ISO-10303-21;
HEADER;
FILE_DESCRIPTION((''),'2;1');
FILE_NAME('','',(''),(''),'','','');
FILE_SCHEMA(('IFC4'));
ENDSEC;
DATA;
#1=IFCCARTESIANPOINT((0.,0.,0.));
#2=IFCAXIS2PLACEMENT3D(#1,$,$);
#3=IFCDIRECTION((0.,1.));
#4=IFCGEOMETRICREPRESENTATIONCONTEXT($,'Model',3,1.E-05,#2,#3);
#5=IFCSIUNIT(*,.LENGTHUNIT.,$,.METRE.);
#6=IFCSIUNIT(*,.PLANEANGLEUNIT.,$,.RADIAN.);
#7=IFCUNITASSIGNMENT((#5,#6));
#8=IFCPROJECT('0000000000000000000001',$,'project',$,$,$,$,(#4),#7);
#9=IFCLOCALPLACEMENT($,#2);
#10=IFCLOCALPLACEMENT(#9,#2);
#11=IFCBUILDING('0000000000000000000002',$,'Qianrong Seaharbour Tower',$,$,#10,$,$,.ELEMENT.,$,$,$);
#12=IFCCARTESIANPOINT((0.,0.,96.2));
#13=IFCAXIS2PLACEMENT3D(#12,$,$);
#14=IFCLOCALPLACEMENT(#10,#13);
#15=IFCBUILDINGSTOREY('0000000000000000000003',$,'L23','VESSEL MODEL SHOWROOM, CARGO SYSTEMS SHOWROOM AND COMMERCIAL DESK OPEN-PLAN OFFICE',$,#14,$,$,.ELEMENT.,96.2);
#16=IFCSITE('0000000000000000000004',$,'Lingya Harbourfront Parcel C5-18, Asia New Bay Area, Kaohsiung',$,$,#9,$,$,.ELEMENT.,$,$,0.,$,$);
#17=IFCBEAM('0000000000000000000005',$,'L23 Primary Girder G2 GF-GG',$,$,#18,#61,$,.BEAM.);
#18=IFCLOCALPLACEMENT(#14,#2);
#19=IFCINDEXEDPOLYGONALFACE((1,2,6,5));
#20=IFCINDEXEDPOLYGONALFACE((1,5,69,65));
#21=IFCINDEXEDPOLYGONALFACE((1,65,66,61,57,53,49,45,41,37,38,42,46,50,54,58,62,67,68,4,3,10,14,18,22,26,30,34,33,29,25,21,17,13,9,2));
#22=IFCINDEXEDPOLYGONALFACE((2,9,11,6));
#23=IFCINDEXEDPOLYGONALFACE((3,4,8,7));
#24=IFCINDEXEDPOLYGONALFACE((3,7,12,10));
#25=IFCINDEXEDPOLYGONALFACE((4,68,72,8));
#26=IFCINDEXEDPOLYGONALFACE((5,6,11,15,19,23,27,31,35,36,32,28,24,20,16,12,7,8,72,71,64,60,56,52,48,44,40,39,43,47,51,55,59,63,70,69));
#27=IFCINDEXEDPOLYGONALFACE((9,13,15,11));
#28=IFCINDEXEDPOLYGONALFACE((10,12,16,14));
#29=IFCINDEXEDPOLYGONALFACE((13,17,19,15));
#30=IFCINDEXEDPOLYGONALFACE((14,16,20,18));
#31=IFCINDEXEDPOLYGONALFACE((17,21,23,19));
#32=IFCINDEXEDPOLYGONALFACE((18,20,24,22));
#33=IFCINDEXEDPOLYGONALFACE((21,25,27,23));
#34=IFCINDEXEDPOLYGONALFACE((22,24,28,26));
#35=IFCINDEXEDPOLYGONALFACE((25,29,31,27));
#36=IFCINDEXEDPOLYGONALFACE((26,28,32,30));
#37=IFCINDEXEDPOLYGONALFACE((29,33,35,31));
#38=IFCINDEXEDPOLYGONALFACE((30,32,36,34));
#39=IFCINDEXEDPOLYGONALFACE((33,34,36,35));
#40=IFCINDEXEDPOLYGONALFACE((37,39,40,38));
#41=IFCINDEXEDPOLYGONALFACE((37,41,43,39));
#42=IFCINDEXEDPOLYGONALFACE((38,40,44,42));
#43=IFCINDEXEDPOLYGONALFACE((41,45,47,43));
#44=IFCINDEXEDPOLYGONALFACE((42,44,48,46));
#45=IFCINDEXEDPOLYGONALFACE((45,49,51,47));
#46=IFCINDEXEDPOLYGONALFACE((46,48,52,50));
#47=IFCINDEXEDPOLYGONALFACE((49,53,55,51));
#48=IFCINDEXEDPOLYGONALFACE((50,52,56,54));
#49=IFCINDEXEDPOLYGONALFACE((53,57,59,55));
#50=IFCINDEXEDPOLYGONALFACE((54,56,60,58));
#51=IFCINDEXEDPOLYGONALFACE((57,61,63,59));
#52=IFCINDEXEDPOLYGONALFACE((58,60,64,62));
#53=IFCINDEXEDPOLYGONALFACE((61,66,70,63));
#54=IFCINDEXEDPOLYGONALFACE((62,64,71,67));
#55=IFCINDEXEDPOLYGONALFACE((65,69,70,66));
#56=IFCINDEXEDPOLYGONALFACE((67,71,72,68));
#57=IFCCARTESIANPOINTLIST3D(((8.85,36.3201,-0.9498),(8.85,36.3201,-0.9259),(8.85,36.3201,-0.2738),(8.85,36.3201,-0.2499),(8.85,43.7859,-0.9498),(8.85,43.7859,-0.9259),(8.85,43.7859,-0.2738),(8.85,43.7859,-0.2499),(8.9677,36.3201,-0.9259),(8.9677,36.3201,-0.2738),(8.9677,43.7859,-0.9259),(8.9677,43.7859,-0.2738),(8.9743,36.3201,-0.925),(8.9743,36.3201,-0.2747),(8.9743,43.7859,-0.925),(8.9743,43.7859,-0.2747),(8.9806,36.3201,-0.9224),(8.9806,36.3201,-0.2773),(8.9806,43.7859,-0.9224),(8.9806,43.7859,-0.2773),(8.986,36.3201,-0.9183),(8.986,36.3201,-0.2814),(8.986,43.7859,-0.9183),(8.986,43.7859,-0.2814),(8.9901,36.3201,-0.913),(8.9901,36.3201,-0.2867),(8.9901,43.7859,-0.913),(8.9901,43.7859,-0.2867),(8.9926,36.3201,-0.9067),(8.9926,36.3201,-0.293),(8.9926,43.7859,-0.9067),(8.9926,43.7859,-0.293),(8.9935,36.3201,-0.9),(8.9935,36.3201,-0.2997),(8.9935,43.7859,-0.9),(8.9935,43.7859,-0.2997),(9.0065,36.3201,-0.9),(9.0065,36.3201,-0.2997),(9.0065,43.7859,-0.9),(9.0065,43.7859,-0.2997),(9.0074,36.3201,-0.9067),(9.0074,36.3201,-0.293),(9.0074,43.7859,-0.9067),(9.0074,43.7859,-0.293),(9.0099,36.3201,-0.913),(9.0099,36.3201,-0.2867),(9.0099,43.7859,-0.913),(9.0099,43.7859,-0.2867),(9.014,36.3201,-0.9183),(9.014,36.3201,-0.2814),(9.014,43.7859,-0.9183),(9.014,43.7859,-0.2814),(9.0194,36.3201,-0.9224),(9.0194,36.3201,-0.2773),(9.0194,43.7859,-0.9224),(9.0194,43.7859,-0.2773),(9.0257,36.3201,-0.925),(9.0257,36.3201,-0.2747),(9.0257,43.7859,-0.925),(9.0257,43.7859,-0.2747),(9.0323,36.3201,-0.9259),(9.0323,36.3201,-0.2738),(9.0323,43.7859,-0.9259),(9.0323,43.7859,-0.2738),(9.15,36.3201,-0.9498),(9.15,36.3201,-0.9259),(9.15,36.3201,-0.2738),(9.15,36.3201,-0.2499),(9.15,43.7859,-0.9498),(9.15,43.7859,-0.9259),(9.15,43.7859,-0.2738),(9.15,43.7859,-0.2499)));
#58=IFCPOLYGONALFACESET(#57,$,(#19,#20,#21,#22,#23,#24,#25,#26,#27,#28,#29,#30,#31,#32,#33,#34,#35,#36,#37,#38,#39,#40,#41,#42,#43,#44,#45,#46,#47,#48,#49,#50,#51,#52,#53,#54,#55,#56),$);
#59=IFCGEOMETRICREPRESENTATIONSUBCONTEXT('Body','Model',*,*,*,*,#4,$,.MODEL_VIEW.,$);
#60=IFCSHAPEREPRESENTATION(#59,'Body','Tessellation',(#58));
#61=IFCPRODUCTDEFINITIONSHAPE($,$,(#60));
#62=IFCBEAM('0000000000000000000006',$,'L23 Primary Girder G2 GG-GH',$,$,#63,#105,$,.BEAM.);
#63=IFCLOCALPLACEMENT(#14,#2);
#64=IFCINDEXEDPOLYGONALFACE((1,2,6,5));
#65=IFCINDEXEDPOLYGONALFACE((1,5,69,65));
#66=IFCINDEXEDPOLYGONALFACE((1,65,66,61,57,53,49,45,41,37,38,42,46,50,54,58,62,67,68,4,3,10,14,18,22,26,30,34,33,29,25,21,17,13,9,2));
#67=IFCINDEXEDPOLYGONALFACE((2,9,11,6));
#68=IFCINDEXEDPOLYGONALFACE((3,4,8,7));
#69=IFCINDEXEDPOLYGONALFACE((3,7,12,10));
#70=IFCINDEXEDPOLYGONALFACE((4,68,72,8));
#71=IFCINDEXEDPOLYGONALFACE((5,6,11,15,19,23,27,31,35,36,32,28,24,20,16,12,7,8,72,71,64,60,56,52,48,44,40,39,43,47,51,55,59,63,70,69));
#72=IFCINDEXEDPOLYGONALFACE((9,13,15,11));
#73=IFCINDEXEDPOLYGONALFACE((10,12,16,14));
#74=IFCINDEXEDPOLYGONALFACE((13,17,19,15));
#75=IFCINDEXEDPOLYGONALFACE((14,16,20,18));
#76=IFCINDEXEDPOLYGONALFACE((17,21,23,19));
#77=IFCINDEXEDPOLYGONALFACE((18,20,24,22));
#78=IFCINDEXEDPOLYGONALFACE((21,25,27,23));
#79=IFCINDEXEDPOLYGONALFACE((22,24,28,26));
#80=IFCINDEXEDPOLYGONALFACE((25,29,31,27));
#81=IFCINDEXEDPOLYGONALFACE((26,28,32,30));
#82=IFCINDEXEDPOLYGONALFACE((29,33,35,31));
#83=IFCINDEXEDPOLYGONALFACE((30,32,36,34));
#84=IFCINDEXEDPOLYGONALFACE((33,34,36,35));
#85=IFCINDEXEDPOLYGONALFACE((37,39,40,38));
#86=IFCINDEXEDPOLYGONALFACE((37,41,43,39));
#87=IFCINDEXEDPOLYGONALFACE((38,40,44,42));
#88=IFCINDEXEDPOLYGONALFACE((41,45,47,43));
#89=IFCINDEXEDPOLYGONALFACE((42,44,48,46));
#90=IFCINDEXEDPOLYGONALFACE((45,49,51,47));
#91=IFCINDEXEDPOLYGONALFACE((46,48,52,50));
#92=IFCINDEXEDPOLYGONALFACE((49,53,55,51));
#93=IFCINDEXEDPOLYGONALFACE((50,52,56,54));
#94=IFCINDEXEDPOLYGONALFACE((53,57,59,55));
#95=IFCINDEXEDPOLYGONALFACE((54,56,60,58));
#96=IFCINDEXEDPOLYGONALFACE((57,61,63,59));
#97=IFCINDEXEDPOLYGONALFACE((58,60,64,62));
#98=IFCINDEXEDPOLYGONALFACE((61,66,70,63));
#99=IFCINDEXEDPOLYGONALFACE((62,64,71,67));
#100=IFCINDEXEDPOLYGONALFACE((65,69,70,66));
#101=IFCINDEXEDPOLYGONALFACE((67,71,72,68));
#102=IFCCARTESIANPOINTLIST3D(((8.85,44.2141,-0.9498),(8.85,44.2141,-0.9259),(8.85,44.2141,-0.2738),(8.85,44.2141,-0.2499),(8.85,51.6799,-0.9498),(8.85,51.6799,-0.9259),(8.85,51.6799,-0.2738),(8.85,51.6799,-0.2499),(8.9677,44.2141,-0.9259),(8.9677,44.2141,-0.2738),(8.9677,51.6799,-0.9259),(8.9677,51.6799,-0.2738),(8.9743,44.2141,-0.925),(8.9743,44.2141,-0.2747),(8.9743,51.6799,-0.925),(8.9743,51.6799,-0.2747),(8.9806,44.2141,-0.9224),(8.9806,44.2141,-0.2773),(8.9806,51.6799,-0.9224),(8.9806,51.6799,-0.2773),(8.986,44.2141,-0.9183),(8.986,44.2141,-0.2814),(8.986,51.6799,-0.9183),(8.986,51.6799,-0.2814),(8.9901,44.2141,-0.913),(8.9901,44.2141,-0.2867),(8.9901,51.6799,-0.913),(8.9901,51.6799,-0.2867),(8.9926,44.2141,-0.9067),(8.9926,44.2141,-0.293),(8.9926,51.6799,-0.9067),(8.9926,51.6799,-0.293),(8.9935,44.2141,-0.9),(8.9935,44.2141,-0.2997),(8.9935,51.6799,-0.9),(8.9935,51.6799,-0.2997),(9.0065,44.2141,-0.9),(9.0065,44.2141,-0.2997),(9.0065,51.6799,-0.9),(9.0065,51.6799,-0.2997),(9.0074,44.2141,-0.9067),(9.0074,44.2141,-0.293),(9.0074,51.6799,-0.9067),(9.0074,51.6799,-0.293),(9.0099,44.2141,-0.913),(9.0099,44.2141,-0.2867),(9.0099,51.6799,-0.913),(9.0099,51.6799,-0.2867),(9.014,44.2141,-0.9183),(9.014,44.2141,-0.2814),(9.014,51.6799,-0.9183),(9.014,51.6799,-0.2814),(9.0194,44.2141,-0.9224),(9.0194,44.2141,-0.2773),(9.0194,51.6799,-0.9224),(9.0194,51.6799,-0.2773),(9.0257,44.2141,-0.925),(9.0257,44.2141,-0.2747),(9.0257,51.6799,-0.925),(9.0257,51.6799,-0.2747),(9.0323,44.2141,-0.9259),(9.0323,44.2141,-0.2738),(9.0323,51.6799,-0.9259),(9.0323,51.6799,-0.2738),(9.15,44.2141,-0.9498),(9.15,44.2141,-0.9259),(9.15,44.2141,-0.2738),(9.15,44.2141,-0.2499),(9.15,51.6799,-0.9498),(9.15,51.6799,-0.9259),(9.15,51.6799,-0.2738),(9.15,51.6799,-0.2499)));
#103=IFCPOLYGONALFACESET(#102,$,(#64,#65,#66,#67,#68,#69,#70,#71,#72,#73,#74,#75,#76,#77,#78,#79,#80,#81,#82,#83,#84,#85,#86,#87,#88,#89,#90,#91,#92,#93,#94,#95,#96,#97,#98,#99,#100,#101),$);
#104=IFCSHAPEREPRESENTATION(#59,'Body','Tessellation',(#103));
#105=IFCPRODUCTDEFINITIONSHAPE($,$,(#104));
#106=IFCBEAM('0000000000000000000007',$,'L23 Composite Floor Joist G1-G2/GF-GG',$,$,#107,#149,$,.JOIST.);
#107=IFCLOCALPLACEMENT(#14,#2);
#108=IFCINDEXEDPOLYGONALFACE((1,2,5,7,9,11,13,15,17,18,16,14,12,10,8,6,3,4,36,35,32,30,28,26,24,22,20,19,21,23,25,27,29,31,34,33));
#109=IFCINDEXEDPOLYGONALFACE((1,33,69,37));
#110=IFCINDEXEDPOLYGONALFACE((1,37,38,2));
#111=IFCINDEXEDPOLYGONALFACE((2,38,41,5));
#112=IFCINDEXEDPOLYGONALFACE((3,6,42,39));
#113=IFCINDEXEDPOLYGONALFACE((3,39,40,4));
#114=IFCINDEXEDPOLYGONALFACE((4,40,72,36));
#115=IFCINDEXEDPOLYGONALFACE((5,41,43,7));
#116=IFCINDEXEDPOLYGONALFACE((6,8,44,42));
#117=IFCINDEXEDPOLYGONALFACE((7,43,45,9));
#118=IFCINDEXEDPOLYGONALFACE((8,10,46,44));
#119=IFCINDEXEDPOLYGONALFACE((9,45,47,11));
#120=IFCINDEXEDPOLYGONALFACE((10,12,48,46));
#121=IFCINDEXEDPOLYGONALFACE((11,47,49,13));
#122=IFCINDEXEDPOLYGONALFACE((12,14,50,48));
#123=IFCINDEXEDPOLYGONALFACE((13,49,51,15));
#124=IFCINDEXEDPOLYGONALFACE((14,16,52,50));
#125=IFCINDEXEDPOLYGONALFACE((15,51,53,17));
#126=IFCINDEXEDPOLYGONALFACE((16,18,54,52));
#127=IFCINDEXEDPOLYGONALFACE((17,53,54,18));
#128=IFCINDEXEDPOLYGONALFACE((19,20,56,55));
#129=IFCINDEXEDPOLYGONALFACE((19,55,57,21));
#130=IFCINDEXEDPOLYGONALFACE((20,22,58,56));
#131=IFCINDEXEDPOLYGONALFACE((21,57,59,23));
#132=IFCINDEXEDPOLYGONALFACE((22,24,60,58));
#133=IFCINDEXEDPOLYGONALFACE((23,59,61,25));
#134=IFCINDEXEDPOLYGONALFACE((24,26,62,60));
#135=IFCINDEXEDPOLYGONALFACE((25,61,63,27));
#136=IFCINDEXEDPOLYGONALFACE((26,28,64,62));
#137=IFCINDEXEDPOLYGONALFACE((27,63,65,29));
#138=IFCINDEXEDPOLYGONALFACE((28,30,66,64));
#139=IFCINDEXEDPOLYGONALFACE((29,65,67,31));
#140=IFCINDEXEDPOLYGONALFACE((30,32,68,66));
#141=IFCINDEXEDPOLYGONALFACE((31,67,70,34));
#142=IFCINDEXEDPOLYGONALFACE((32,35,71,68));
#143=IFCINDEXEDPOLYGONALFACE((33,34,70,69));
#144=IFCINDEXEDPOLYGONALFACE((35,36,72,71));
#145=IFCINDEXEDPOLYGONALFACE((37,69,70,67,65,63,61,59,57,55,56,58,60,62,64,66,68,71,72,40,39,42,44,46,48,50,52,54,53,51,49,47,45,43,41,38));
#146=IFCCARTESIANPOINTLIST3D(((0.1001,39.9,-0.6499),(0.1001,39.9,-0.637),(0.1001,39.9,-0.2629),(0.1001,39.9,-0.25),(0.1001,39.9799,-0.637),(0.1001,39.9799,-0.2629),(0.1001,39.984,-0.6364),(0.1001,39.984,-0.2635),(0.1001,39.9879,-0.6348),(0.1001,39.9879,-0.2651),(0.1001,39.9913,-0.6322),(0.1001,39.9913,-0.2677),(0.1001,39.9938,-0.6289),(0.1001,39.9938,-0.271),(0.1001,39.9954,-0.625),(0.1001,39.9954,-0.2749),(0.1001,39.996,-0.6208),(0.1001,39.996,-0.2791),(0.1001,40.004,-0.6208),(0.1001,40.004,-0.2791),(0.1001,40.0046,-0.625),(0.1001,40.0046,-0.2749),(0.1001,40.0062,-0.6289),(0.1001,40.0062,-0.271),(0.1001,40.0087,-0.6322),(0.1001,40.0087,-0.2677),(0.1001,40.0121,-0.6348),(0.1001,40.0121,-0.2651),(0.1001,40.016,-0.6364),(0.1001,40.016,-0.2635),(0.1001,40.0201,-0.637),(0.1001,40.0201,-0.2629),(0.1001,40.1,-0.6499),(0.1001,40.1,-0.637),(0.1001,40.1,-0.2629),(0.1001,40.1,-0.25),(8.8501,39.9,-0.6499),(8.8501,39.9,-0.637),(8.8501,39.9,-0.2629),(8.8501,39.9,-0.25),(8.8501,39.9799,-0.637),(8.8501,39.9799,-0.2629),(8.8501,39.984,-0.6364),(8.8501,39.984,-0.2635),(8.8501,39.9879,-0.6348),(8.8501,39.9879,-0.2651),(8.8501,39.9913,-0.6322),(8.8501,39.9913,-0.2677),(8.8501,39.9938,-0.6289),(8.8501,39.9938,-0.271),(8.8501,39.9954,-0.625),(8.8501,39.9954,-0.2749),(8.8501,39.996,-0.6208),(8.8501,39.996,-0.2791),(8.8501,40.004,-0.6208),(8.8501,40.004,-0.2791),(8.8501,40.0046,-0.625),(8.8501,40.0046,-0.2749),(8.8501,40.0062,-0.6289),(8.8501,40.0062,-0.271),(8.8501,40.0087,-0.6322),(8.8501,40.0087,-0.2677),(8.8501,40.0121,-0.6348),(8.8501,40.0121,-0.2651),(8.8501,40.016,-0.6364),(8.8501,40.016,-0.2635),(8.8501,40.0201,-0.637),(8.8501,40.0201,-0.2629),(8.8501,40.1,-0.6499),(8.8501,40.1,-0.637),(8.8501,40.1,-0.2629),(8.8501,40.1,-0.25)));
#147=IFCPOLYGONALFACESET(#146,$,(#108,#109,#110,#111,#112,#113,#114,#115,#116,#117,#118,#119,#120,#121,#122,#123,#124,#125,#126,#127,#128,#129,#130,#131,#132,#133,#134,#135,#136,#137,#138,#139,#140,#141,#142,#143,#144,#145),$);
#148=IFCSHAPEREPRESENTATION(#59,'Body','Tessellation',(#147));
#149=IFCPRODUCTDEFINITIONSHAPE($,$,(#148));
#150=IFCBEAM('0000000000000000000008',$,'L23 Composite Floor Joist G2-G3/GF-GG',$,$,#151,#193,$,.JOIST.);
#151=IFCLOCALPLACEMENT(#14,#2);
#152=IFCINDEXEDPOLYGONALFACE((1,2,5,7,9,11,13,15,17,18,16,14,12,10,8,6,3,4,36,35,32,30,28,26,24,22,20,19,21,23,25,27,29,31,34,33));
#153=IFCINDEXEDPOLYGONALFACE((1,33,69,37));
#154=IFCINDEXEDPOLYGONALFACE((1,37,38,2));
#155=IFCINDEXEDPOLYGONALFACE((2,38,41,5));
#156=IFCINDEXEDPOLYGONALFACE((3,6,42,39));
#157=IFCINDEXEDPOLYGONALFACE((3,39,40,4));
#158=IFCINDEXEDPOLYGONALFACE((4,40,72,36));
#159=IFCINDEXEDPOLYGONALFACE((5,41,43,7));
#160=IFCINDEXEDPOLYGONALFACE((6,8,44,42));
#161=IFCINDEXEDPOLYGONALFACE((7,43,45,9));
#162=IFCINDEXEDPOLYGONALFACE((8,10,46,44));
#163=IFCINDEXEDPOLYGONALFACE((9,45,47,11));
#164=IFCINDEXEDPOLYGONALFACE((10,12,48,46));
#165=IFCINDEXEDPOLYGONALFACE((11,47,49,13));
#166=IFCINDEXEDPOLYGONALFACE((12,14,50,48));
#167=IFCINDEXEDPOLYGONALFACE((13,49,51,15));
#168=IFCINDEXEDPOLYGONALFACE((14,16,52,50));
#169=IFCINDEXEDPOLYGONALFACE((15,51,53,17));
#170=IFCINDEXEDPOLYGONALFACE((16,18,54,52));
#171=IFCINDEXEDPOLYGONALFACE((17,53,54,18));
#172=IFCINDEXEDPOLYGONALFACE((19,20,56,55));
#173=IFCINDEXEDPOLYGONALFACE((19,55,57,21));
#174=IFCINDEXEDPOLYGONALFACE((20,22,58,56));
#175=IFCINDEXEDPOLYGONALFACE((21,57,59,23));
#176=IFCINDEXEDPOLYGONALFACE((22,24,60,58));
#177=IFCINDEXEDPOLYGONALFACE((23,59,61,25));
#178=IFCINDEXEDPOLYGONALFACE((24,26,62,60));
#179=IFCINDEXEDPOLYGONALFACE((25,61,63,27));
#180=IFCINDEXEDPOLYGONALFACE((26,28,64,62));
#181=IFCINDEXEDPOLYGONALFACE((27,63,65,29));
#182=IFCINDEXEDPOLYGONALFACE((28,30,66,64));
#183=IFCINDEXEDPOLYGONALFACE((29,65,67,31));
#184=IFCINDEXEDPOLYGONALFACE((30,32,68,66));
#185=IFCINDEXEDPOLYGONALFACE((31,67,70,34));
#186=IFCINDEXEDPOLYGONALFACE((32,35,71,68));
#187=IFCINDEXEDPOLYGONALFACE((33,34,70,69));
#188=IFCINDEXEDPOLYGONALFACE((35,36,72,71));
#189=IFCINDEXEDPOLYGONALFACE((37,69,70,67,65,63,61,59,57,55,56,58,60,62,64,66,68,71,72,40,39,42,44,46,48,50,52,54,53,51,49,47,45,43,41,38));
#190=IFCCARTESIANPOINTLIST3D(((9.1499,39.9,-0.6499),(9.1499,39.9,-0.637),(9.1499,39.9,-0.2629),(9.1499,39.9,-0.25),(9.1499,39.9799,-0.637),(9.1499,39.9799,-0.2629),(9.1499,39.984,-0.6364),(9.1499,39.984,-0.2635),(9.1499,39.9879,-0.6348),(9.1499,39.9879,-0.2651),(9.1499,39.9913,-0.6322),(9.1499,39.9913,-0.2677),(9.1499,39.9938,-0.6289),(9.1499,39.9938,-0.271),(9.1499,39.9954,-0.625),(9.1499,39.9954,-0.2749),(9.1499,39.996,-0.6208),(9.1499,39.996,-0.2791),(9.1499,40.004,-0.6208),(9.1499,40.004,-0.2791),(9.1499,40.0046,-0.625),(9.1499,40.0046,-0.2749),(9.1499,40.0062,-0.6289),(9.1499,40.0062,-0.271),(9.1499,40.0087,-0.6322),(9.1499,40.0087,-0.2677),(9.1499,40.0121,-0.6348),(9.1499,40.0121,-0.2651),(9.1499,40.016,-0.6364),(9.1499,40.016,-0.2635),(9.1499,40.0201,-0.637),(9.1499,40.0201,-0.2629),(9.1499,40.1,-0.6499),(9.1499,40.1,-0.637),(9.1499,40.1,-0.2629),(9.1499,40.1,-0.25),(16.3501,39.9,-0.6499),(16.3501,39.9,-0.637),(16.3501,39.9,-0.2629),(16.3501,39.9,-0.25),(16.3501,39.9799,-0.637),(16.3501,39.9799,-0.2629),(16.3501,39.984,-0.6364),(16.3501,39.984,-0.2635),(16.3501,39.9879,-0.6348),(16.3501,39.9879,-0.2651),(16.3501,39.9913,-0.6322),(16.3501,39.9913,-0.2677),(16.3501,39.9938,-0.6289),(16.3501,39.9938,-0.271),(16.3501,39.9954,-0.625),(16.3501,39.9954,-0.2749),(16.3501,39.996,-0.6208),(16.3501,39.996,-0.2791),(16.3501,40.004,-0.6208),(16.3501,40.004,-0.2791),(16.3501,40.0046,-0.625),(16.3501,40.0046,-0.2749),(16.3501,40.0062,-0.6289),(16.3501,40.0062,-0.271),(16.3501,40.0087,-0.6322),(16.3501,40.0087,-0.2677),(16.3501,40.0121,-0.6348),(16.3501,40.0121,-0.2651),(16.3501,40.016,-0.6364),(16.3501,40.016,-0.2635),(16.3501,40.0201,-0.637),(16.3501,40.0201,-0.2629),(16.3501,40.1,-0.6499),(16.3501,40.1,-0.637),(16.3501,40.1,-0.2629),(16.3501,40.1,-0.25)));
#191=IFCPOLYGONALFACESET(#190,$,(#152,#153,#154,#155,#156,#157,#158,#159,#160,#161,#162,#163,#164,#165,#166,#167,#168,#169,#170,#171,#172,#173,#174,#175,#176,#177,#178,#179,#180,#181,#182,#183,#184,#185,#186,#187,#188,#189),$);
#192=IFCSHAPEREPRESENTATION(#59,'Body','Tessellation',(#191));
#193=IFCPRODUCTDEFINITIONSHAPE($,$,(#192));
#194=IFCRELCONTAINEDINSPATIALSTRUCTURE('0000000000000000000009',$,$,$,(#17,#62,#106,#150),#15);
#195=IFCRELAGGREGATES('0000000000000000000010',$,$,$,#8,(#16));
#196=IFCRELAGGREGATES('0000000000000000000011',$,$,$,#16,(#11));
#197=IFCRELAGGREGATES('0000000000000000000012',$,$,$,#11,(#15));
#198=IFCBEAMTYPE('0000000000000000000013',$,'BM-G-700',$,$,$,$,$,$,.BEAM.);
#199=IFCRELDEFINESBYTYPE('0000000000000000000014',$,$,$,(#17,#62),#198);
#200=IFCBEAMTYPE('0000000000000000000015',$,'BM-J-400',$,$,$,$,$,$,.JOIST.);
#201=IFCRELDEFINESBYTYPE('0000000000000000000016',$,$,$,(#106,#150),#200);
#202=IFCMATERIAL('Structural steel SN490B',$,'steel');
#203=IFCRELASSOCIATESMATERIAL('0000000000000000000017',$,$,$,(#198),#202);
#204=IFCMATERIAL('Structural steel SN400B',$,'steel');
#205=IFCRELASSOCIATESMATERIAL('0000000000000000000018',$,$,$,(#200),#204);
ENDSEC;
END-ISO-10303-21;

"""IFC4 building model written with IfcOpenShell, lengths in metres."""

from ifc_helpers import new_model, si_unit, direction, frame, origin, origin_2d, place, context, subcontext, project, spatial, i_section, extrude, material, material_profile, profile_set, type_object, element, save


model = new_model("IFC4")

# Units and contexts
model_context = context("Model", 3, precision=1e-05, world=origin(), true_north=direction((0.0, 1.0)))
body_context = subcontext(model_context, "Body", "Model", "MODEL_VIEW")
ifc_project = project(units=[si_unit("LENGTHUNIT", "METRE"), si_unit("PLANEANGLEUNIT", "RADIAN")], contexts=[model_context])

# Site, building, storey
site_placement = place(None, origin())
site = spatial("IfcSite", under=ifc_project, at=site_placement, Name="Lingya Harbourfront Parcel C5-18, Asia New Bay Area, Kaohsiung", CompositionType="ELEMENT", RefElevation=0.0)
building_placement = place(site_placement, origin())
building = spatial("IfcBuilding", under=site, at=building_placement, Name="Qianrong Seaharbour Tower", CompositionType="ELEMENT")
storey_placement = place(building_placement, frame((0.0, 0.0, 96.2)))
storey = spatial("IfcBuildingStorey", under=building, at=storey_placement, Name="L23", Description="VESSEL MODEL SHOWROOM, CARGO SYSTEMS SHOWROOM AND COMMERCIAL DESK OPEN-PLAN OFFICE", CompositionType="ELEMENT", Elevation=96.2)

# Shared definitions
ifc_material_1 = material(Name="Structural steel SN490B", Category="steel")

# Beams
ifc_material_profile_1 = material_profile(ifc_material_1, i_section(OverallWidth=0.3, OverallDepth=0.7, WebThickness=0.0129, FlangeThickness=0.0239, FilletRadius=0.0259, at=origin_2d()), Name="H700x300x13x24")
ifc_profile_set_1 = profile_set([ifc_material_profile_1], Name="Structural steel SN490B")
beam_type_1 = type_object("IfcBeamType", Name="BM-G-700", PredefinedType="BEAM", material=ifc_profile_set_1)
for number, where, z_axis, x_axis, name in (
    (1, (9.0, 36.3201, -0.5999), (0.0, 1.0, 0.0), (-1.0, 0.0, 0.0), "L23 Primary Girder G2 GF-GG"),
    (2, (9.0, 44.2141, -0.5999), (0.0, 1.0, 0.0), (-1.0, 0.0, 0.0), "L23 Primary Girder G2 GG-GH"),
):
    element("IfcBeam", number, at=place(storey_placement, frame(where, z_axis=z_axis, x_axis=x_axis)), inside=storey, type_object=beam_type_1, Name=name, PredefinedType="BEAM", context=body_context, shape_type="SweptSolid", body=[
        extrude(i_section(OverallWidth=0.3, OverallDepth=0.7, WebThickness=0.0129, FlangeThickness=0.0239, FilletRadius=0.0259, at=origin_2d()), origin(), (0.0, 0.0, 1.0), 7.4658),
    ])
ifc_material_2 = material(Name="Structural steel SN400B", Category="steel")
ifc_material_profile_2 = material_profile(ifc_material_2, i_section(OverallWidth=0.2, OverallDepth=0.3999, WebThickness=0.0081, FlangeThickness=0.0129, FilletRadius=0.0161, at=origin_2d()), Name="H400x200x8x13")
ifc_profile_set_2 = profile_set([ifc_material_profile_2], Name="Structural steel SN400B")
beam_type_2 = type_object("IfcBeamType", Name="BM-J-400", PredefinedType="JOIST", material=ifc_profile_set_2)
beam_1_placement = place(storey_placement, frame((0.1001, 40.0, -0.45), z_axis=(1.0, 0.0, 0.0), x_axis=(0.0, 1.0, 0.0)))
element("IfcBeam", 3, at=beam_1_placement, inside=storey, type_object=beam_type_2, Name="L23 Composite Floor Joist G1-G2/GF-GG", PredefinedType="JOIST", context=body_context, shape_type="SweptSolid", body=[
    extrude(i_section(OverallWidth=0.2, OverallDepth=0.3999, WebThickness=0.0081, FlangeThickness=0.0129, FilletRadius=0.0161, at=origin_2d()), origin(), (0.0, 0.0, 1.0), 8.75),
])
for number, where, z_axis, x_axis, name in (
    (4, (9.1499, 40.0, -0.45), (1.0, 0.0, 0.0), (0.0, 1.0, 0.0), "L23 Composite Floor Joist G2-G3/GF-GG"),
):
    element("IfcBeam", number, at=place(storey_placement, frame(where, z_axis=z_axis, x_axis=x_axis)), inside=storey, type_object=beam_type_2, Name=name, PredefinedType="JOIST", context=body_context, shape_type="SweptSolid", body=[
        extrude(i_section(OverallWidth=0.2, OverallDepth=0.3999, WebThickness=0.0081, FlangeThickness=0.0129, FilletRadius=0.0161, at=origin_2d()), origin(), (0.0, 0.0, 1.0), 7.2002),
    ])

save(model, "model.ifc")
